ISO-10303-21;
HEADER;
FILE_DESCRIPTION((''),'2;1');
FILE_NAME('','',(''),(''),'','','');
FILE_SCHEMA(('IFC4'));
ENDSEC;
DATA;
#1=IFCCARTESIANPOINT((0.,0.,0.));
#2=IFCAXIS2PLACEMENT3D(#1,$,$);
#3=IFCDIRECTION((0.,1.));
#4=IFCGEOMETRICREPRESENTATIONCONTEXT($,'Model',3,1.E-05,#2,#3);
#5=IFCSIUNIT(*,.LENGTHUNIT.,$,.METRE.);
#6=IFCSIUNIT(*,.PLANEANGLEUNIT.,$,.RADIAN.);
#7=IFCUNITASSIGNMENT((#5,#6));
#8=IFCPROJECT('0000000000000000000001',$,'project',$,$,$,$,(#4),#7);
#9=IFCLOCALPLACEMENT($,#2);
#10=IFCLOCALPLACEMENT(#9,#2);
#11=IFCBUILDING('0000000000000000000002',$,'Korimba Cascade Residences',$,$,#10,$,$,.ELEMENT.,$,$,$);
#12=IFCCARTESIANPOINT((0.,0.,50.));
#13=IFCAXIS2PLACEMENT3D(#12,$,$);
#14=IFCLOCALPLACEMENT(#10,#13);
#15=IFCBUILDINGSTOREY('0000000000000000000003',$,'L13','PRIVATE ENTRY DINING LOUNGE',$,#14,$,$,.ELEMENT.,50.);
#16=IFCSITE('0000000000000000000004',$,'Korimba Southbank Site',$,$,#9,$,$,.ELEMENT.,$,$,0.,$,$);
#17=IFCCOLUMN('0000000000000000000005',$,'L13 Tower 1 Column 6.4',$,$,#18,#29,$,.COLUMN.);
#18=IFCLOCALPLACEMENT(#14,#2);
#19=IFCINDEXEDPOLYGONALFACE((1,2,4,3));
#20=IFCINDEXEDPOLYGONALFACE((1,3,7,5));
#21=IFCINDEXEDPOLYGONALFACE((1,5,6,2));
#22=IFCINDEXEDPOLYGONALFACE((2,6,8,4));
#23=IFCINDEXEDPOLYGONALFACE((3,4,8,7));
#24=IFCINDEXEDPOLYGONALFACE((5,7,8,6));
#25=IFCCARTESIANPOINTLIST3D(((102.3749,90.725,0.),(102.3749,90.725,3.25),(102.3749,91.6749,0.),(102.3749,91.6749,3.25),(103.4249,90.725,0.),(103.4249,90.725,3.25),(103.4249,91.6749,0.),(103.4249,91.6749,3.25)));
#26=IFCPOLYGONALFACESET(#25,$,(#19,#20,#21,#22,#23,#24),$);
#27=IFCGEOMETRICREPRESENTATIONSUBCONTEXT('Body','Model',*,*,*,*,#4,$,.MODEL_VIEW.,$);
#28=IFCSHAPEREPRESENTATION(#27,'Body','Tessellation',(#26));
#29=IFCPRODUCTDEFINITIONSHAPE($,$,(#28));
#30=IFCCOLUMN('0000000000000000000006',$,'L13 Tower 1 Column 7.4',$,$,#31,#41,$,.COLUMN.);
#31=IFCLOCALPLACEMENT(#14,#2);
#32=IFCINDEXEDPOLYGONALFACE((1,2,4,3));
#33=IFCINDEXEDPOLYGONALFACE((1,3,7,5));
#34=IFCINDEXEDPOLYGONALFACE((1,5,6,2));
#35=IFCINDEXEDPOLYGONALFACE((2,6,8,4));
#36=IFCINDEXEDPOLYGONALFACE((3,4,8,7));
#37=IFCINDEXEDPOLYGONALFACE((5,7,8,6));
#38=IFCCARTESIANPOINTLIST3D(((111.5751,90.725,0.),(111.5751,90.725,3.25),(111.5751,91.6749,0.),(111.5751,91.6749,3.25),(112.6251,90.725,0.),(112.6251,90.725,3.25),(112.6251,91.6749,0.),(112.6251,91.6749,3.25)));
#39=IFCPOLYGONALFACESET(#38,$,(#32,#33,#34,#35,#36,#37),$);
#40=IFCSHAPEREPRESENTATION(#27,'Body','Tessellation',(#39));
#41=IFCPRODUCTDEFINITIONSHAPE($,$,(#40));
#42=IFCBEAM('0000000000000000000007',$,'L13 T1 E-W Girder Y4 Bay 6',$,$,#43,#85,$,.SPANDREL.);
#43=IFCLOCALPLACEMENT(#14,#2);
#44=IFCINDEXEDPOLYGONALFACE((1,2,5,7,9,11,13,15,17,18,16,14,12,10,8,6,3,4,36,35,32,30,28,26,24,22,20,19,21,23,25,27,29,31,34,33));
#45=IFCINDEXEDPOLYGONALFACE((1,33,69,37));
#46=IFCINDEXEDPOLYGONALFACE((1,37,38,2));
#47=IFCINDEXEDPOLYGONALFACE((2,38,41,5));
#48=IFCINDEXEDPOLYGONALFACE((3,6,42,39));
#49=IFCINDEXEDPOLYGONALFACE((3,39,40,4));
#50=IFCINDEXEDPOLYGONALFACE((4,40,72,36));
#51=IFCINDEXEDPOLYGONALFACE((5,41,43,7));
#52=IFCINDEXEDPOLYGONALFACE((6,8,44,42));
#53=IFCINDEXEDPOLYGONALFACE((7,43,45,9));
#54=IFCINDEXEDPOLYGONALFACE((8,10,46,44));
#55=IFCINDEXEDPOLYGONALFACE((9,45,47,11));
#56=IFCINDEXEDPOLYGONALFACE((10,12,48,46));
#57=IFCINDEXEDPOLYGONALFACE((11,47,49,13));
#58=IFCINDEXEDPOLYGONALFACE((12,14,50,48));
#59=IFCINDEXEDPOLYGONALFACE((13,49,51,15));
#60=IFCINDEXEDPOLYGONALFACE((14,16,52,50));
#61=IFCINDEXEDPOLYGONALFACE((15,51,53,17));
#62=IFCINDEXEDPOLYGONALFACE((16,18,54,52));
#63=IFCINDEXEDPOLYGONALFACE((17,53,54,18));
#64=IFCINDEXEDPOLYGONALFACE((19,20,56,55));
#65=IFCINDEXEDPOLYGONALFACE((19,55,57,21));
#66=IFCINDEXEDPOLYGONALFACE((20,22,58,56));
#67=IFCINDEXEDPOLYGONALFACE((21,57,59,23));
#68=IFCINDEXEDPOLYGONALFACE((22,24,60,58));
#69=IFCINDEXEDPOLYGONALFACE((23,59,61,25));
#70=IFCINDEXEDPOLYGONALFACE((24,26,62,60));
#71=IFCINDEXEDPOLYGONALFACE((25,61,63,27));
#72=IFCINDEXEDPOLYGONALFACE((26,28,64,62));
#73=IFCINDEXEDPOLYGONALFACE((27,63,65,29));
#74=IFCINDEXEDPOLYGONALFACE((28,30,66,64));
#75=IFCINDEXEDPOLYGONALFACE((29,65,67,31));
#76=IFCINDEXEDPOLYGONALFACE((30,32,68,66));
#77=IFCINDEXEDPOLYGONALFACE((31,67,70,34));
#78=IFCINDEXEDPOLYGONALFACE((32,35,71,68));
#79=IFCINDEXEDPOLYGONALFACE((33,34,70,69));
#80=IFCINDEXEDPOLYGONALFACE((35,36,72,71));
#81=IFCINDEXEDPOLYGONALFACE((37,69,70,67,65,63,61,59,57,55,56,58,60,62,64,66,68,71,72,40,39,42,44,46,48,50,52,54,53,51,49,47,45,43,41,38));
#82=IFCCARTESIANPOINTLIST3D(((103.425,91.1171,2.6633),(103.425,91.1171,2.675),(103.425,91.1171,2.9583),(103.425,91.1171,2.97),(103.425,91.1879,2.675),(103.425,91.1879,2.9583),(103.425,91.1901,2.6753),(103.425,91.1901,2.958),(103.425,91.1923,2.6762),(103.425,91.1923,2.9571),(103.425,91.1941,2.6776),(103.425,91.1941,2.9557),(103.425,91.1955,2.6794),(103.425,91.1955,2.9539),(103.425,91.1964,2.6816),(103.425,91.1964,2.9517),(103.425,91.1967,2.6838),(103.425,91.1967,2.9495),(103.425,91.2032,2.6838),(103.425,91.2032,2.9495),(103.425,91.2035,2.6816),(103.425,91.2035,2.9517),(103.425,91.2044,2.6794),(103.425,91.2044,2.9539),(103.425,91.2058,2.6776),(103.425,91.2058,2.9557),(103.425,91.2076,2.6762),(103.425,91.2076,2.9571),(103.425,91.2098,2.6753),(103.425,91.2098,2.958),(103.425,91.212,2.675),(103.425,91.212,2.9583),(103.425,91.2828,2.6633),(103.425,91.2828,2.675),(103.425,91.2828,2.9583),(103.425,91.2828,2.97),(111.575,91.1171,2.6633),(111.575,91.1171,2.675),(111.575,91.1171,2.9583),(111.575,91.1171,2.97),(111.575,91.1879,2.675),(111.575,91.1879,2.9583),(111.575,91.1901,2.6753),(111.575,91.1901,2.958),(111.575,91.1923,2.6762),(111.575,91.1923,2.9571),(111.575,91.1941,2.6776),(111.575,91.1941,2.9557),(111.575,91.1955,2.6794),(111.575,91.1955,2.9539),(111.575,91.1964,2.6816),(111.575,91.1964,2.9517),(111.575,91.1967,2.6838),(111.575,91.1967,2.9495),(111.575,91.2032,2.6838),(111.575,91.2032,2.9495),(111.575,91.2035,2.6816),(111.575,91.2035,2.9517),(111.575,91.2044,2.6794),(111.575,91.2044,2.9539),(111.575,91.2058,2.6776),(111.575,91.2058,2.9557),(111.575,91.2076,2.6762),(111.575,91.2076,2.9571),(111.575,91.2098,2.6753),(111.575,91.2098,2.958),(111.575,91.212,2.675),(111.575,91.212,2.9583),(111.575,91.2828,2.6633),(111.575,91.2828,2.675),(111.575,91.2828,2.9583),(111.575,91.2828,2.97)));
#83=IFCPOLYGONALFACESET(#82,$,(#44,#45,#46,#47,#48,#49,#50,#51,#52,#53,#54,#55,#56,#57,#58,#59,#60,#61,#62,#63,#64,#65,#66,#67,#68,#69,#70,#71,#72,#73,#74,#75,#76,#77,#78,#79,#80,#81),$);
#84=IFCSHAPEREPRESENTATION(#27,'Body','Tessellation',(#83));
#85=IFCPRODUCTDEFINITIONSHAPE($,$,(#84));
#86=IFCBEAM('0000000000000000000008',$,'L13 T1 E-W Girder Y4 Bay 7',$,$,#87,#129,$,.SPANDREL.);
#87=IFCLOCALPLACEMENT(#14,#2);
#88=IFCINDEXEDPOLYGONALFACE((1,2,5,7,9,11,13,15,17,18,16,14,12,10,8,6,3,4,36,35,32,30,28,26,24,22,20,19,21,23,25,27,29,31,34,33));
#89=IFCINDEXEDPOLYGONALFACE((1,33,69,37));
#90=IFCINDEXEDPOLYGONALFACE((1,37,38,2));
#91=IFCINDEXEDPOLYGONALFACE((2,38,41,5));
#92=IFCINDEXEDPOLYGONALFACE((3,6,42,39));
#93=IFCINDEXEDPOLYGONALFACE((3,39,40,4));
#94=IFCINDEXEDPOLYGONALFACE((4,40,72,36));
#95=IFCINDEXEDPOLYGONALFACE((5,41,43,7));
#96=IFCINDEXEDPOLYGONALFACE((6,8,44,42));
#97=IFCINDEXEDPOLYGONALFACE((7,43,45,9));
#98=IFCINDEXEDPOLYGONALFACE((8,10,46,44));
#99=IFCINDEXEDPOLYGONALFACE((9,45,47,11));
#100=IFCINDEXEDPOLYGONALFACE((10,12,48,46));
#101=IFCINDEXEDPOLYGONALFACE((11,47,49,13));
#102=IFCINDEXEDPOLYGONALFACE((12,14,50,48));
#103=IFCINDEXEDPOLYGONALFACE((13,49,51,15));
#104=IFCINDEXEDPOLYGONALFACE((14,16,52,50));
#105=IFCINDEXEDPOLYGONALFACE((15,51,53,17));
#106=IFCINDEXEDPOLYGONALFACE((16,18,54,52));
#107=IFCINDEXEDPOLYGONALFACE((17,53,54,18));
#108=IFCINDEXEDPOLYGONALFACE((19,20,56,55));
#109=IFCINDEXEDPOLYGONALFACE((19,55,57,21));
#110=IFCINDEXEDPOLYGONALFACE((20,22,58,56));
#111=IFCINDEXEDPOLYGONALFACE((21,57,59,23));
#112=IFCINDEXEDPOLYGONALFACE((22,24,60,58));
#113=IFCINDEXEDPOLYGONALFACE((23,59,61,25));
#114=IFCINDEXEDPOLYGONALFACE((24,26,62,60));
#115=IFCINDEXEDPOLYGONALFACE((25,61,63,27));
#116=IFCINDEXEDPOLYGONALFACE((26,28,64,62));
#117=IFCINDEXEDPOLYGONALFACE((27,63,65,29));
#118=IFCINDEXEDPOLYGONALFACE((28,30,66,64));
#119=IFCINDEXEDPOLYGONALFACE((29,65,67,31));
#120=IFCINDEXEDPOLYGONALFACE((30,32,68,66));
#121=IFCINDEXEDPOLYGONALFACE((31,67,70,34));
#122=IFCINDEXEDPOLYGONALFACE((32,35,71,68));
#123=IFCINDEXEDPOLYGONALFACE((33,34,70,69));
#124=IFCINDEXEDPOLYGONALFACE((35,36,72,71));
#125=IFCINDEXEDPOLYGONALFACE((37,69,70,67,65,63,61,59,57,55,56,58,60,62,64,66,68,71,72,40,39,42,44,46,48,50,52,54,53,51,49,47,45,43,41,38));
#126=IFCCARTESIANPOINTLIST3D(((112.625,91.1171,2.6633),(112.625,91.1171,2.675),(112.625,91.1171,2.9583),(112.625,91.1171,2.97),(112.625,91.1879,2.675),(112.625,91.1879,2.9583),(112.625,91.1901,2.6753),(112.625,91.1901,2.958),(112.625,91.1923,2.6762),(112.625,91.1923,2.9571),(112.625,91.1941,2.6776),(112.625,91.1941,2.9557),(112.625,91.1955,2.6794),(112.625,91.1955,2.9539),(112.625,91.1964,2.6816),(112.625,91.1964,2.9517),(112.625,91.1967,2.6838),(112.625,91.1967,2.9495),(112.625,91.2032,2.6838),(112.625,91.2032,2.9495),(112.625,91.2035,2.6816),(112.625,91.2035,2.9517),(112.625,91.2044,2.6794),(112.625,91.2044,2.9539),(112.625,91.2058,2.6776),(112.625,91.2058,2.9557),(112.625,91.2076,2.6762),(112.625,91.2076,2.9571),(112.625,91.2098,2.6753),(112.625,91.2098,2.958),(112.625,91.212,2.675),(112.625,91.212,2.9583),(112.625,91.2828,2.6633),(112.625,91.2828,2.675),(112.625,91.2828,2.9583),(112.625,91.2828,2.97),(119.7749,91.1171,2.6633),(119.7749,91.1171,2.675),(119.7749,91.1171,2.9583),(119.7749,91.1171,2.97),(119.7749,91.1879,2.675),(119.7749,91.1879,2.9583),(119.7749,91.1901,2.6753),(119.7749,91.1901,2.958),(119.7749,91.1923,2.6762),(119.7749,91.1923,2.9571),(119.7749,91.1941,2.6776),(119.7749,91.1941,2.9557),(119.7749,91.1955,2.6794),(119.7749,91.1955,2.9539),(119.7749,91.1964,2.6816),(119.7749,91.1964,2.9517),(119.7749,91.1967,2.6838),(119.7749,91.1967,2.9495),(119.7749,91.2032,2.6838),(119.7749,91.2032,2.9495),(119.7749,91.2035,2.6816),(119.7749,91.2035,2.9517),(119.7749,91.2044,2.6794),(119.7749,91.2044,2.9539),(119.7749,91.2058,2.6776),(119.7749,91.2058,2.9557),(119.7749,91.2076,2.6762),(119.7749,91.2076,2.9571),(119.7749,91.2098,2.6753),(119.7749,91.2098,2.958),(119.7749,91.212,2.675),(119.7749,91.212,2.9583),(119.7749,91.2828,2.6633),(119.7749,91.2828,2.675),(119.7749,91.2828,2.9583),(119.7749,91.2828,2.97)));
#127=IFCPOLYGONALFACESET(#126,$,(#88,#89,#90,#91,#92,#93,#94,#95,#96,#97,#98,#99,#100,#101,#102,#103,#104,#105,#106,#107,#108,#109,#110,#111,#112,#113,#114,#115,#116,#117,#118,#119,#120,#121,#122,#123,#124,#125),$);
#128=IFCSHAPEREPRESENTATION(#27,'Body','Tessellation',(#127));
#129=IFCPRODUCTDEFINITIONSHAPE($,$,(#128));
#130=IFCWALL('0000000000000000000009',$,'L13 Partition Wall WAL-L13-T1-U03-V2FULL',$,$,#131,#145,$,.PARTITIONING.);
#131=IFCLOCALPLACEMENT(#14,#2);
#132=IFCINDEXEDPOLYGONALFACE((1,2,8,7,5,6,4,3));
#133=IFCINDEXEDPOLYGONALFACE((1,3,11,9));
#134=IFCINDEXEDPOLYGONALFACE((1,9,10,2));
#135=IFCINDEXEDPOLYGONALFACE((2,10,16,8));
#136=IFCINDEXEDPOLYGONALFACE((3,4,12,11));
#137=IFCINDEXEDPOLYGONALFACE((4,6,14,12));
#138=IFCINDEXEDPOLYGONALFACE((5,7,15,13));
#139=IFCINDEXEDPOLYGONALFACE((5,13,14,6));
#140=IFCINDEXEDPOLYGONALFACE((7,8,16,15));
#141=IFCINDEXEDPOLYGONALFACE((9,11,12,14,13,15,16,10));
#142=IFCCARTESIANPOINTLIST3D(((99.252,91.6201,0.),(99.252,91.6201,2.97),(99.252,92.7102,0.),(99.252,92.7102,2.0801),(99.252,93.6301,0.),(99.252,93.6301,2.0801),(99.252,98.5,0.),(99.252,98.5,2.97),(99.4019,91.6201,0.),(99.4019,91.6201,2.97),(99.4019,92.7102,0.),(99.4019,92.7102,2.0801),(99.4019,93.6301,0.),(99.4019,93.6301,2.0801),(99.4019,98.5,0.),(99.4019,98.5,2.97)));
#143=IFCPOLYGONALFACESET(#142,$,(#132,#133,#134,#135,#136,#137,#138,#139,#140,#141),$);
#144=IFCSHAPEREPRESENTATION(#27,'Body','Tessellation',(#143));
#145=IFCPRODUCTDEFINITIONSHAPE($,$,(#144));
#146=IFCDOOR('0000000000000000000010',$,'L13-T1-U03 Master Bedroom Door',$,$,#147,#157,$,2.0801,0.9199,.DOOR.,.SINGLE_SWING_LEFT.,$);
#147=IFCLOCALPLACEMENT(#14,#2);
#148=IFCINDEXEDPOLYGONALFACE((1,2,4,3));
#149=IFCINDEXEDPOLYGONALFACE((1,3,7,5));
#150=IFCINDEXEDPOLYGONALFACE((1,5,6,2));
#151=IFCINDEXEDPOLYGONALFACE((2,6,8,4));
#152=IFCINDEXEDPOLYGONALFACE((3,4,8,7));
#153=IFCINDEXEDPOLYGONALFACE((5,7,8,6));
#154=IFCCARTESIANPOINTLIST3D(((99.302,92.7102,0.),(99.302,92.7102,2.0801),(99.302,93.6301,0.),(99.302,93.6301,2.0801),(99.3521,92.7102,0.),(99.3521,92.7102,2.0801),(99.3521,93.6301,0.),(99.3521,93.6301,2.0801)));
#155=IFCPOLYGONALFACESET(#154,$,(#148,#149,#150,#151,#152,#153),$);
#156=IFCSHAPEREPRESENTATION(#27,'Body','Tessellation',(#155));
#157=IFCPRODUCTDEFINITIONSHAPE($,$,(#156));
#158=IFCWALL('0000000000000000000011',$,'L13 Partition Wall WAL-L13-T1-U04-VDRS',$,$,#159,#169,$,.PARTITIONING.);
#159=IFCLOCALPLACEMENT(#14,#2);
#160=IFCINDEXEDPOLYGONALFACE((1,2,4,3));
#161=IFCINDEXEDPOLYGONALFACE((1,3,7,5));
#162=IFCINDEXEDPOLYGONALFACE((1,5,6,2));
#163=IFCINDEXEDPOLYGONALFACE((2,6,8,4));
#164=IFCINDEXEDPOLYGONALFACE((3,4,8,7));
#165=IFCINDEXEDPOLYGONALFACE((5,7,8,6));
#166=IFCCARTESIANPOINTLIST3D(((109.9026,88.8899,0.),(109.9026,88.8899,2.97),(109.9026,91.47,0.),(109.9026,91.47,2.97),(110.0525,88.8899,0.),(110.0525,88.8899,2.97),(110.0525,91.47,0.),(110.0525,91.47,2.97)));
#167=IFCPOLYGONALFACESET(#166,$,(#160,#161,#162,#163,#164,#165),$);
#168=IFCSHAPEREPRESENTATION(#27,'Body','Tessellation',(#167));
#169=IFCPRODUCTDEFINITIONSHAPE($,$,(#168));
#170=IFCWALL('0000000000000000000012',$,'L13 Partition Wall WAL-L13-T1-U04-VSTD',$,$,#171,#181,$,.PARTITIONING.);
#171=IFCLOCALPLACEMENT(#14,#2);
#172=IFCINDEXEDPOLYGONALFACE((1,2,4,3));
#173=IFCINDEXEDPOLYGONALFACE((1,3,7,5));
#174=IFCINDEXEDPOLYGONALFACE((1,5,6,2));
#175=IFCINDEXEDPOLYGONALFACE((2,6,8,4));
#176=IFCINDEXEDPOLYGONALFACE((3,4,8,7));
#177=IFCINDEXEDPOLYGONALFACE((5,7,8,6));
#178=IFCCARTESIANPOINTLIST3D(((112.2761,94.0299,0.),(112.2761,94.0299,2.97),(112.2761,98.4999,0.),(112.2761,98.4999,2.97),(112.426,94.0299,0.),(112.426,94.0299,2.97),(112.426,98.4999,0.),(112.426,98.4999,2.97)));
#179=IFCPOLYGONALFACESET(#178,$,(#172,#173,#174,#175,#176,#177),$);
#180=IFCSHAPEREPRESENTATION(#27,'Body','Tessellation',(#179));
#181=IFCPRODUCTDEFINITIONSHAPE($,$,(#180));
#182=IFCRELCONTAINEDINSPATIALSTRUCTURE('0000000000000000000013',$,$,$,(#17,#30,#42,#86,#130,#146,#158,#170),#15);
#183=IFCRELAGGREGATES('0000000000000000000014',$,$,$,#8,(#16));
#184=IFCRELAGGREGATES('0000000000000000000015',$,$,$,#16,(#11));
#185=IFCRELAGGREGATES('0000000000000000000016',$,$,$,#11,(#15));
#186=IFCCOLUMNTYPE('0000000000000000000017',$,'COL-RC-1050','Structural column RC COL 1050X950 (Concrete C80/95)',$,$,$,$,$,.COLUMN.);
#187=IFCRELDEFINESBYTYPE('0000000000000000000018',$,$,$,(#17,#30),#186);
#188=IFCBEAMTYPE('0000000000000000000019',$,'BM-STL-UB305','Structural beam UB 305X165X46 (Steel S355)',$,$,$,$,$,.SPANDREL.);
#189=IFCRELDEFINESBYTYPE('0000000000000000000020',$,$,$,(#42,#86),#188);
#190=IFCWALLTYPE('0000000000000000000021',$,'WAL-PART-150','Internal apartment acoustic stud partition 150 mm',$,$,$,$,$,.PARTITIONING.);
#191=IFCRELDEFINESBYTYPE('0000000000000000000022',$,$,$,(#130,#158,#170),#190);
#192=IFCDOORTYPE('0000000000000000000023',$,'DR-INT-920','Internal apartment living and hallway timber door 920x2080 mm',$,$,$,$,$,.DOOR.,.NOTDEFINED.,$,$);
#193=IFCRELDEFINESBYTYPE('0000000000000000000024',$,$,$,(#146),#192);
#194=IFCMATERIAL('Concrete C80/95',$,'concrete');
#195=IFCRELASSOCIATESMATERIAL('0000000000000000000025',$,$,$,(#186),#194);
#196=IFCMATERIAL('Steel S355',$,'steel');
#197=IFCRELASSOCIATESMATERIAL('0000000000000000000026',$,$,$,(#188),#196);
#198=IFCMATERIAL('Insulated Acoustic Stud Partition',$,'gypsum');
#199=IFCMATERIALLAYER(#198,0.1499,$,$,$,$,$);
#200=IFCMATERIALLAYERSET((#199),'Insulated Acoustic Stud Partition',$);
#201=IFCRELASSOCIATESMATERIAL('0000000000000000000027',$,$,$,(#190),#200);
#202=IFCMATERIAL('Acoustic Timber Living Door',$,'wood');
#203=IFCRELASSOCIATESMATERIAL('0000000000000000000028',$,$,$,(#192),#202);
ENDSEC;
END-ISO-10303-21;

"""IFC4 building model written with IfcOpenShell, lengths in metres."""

from ifc_helpers import new_model, si_unit, direction, frame, frame_2d, origin, origin_2d, place, context, subcontext, project, spatial, rectangle, i_section, extrude, material, layer, layer_set, material_profile, profile_set, type_object, element, fill, save


model = new_model("IFC4")

# Units and contexts
model_context = context("Model", 3, precision=1e-05, world=origin(), true_north=direction((0.0, 1.0)))
body_context = subcontext(model_context, "Body", "Model", "MODEL_VIEW")
ifc_project = project(units=[si_unit("LENGTHUNIT", "METRE"), si_unit("PLANEANGLEUNIT", "RADIAN")], contexts=[model_context])

# Site, building, storey
site_placement = place(None, origin())
site = spatial("IfcSite", under=ifc_project, at=site_placement, Name="Korimba Southbank Site", CompositionType="ELEMENT", RefElevation=0.0)
building_placement = place(site_placement, origin())
building = spatial("IfcBuilding", under=site, at=building_placement, Name="Korimba Cascade Residences", CompositionType="ELEMENT")
storey_placement = place(building_placement, frame((0.0, 0.0, 50.0)))
storey = spatial("IfcBuildingStorey", under=building, at=storey_placement, Name="L13", Description="PRIVATE ENTRY DINING LOUNGE", CompositionType="ELEMENT", Elevation=50.0)

# Columns
ifc_material_1 = material(Name="Concrete C80/95", Category="concrete")
ifc_material_profile_1 = material_profile(ifc_material_1, rectangle(XDim=1.05, YDim=0.95, at=origin_2d()), Name="Concrete C80/95")
ifc_profile_set_1 = profile_set([ifc_material_profile_1], Name="Concrete C80/95")
column_type = type_object("IfcColumnType", Name="COL-RC-1050", Description="Structural column RC COL 1050X950 (Concrete C80/95)", PredefinedType="COLUMN", material=ifc_profile_set_1)
for number, where, z_axis, x_axis, name in (
    (1, (102.8999, 91.2, 0.0), (0.0, 0.0, 1.0), (1.0, 0.0, 0.0), "L13 Tower 1 Column 6.4"),
    (2, (112.1001, 91.2, 0.0), (0.0, 0.0, 1.0), (1.0, 0.0, 0.0), "L13 Tower 1 Column 7.4"),
):
    element("IfcColumn", number, at=place(storey_placement, frame(where, z_axis=z_axis, x_axis=x_axis)), inside=storey, type_object=column_type, Name=name, PredefinedType="COLUMN", context=body_context, shape_type="SweptSolid", body=[
        extrude(rectangle(XDim=1.05, YDim=0.95, at=origin_2d()), origin(), (0.0, 0.0, 1.0), 3.25),
    ])

# Beams
ifc_material_2 = material(Name="Steel S355", Category="steel")
ifc_material_profile_2 = material_profile(ifc_material_2, i_section(OverallWidth=0.1658, OverallDepth=0.3066, WebThickness=0.0066, FlangeThickness=0.0117, FilletRadius=0.0088, at=origin_2d()), Name="Steel S355")
ifc_profile_set_2 = profile_set([ifc_material_profile_2], Name="Steel S355")
beam_type = type_object("IfcBeamType", Name="BM-STL-UB305", Description="Structural beam UB 305X165X46 (Steel S355)", PredefinedType="SPANDREL", material=ifc_profile_set_2)
beam_1_placement = place(storey_placement, frame((103.425, 91.2, 2.8167), z_axis=(1.0, 0.0, 0.0), x_axis=(0.0, 1.0, 0.0)))
element("IfcBeam", 3, at=beam_1_placement, inside=storey, type_object=beam_type, Name="L13 T1 E-W Girder Y4 Bay 6", PredefinedType="SPANDREL", context=body_context, shape_type="SweptSolid", body=[
    extrude(i_section(OverallWidth=0.1658, OverallDepth=0.3066, WebThickness=0.0066, FlangeThickness=0.0117, FilletRadius=0.0088, at=origin_2d()), origin(), (0.0, 0.0, 1.0), 8.1499),
])
beam_2_placement = place(storey_placement, frame((112.625, 91.2, 2.8167), z_axis=(1.0, 0.0, 0.0), x_axis=(0.0, 1.0, 0.0)))
element("IfcBeam", 4, at=beam_2_placement, inside=storey, type_object=beam_type, Name="L13 T1 E-W Girder Y4 Bay 7", PredefinedType="SPANDREL", context=body_context, shape_type="SweptSolid", body=[
    extrude(i_section(OverallWidth=0.1658, OverallDepth=0.3066, WebThickness=0.0066, FlangeThickness=0.0117, FilletRadius=0.0088, at=origin_2d()), origin(), (0.0, 0.0, 1.0), 7.1499),
])

# Wall, opening, door
ifc_material_3 = material(Name="Insulated Acoustic Stud Partition", Category="gypsum")
ifc_layer = layer(ifc_material_3, 0.1499)
ifc_layer_set = layer_set([ifc_layer], Name="Insulated Acoustic Stud Partition")
wall_type = type_object("IfcWallType", Name="WAL-PART-150", Description="Internal apartment acoustic stud partition 150 mm", PredefinedType="PARTITIONING", material=ifc_layer_set)
wall_1_placement = place(storey_placement, frame((99.3269, 91.6201, 0.0), z_axis=(0.0, 0.0, 1.0), x_axis=(0.0, 1.0, 0.0)))
wall_1 = element("IfcWall", 5, at=wall_1_placement, inside=storey, type_object=wall_type, Name="L13 Partition Wall WAL-L13-T1-U03-V2FULL", PredefinedType="PARTITIONING", context=body_context, shape_type="SweptSolid", body=[
    extrude(rectangle(XDim=6.8799, YDim=0.1499, at=frame_2d((3.4399, 0.0))), origin(), (0.0, 0.0, 1.0), 2.97),
])
opening_1_placement = place(wall_1_placement, frame((1.0901, 0.0, 0.0)))
opening_1 = element("IfcOpeningElement", 6, at=opening_1_placement, cuts=wall_1, PredefinedType="OPENING", context=body_context, shape_type="SweptSolid", body=[
    extrude(rectangle(XDim=0.9199, YDim=2.0801, at=frame_2d((0.46, 1.04))), frame((0.0, 0.085, 0.0), z_axis=(0.0, -1.0, 0.0), x_axis=(1.0, 0.0, 0.0)), (0.0, 0.0, 1.0), 0.1699),
])
ifc_material_4 = material(Name="Acoustic Timber Living Door", Category="wood")
door_type_1 = type_object("IfcDoorType", Name="DR-INT-920", Description="Internal apartment living and hallway timber door 920x2080 mm", OperationType="NOTDEFINED", PredefinedType="DOOR", material=ifc_material_4)
door_1_placement = place(opening_1_placement, origin())
door_1 = element("IfcDoor", 7, at=door_1_placement, inside=storey, type_object=door_type_1, Name="L13-T1-U03 Master Bedroom Door", OperationType="SINGLE_SWING_LEFT", OverallHeight=2.0801, OverallWidth=0.9199, PredefinedType="DOOR", context=body_context, shape_type="SweptSolid", body=[
    extrude(rectangle(XDim=0.9199, YDim=2.0801, at=frame_2d((0.46, 1.04))), frame((0.0, 0.0249, 0.0), z_axis=(0.0, -1.0, 0.0), x_axis=(1.0, 0.0, 0.0)), (0.0, 0.0, 1.0), 0.05),
])
fill(opening_1, door_1)

# Walls
wall_2_placement = place(storey_placement, frame((109.9775, 88.8899, 0.0), z_axis=(0.0, 0.0, 1.0), x_axis=(0.0, 1.0, 0.0)))
element("IfcWall", 8, at=wall_2_placement, inside=storey, type_object=wall_type, Name="L13 Partition Wall WAL-L13-T1-U04-VDRS", PredefinedType="PARTITIONING", context=body_context, shape_type="SweptSolid", body=[
    extrude(rectangle(XDim=2.5801, YDim=0.1499, at=frame_2d((1.29, 0.0))), origin(), (0.0, 0.0, 1.0), 2.97),
])
wall_3_placement = place(storey_placement, frame((112.3511, 94.03, 0.0), z_axis=(0.0, 0.0, 1.0), x_axis=(0.0, 1.0, 0.0)))
element("IfcWall", 9, at=wall_3_placement, inside=storey, type_object=wall_type, Name="L13 Partition Wall WAL-L13-T1-U04-VSTD", PredefinedType="PARTITIONING", context=body_context, shape_type="SweptSolid", body=[
    extrude(rectangle(XDim=4.47, YDim=0.1499, at=frame_2d((2.2349, 0.0))), origin(), (0.0, 0.0, 1.0), 2.97),
])

save(model, "model.ifc")
